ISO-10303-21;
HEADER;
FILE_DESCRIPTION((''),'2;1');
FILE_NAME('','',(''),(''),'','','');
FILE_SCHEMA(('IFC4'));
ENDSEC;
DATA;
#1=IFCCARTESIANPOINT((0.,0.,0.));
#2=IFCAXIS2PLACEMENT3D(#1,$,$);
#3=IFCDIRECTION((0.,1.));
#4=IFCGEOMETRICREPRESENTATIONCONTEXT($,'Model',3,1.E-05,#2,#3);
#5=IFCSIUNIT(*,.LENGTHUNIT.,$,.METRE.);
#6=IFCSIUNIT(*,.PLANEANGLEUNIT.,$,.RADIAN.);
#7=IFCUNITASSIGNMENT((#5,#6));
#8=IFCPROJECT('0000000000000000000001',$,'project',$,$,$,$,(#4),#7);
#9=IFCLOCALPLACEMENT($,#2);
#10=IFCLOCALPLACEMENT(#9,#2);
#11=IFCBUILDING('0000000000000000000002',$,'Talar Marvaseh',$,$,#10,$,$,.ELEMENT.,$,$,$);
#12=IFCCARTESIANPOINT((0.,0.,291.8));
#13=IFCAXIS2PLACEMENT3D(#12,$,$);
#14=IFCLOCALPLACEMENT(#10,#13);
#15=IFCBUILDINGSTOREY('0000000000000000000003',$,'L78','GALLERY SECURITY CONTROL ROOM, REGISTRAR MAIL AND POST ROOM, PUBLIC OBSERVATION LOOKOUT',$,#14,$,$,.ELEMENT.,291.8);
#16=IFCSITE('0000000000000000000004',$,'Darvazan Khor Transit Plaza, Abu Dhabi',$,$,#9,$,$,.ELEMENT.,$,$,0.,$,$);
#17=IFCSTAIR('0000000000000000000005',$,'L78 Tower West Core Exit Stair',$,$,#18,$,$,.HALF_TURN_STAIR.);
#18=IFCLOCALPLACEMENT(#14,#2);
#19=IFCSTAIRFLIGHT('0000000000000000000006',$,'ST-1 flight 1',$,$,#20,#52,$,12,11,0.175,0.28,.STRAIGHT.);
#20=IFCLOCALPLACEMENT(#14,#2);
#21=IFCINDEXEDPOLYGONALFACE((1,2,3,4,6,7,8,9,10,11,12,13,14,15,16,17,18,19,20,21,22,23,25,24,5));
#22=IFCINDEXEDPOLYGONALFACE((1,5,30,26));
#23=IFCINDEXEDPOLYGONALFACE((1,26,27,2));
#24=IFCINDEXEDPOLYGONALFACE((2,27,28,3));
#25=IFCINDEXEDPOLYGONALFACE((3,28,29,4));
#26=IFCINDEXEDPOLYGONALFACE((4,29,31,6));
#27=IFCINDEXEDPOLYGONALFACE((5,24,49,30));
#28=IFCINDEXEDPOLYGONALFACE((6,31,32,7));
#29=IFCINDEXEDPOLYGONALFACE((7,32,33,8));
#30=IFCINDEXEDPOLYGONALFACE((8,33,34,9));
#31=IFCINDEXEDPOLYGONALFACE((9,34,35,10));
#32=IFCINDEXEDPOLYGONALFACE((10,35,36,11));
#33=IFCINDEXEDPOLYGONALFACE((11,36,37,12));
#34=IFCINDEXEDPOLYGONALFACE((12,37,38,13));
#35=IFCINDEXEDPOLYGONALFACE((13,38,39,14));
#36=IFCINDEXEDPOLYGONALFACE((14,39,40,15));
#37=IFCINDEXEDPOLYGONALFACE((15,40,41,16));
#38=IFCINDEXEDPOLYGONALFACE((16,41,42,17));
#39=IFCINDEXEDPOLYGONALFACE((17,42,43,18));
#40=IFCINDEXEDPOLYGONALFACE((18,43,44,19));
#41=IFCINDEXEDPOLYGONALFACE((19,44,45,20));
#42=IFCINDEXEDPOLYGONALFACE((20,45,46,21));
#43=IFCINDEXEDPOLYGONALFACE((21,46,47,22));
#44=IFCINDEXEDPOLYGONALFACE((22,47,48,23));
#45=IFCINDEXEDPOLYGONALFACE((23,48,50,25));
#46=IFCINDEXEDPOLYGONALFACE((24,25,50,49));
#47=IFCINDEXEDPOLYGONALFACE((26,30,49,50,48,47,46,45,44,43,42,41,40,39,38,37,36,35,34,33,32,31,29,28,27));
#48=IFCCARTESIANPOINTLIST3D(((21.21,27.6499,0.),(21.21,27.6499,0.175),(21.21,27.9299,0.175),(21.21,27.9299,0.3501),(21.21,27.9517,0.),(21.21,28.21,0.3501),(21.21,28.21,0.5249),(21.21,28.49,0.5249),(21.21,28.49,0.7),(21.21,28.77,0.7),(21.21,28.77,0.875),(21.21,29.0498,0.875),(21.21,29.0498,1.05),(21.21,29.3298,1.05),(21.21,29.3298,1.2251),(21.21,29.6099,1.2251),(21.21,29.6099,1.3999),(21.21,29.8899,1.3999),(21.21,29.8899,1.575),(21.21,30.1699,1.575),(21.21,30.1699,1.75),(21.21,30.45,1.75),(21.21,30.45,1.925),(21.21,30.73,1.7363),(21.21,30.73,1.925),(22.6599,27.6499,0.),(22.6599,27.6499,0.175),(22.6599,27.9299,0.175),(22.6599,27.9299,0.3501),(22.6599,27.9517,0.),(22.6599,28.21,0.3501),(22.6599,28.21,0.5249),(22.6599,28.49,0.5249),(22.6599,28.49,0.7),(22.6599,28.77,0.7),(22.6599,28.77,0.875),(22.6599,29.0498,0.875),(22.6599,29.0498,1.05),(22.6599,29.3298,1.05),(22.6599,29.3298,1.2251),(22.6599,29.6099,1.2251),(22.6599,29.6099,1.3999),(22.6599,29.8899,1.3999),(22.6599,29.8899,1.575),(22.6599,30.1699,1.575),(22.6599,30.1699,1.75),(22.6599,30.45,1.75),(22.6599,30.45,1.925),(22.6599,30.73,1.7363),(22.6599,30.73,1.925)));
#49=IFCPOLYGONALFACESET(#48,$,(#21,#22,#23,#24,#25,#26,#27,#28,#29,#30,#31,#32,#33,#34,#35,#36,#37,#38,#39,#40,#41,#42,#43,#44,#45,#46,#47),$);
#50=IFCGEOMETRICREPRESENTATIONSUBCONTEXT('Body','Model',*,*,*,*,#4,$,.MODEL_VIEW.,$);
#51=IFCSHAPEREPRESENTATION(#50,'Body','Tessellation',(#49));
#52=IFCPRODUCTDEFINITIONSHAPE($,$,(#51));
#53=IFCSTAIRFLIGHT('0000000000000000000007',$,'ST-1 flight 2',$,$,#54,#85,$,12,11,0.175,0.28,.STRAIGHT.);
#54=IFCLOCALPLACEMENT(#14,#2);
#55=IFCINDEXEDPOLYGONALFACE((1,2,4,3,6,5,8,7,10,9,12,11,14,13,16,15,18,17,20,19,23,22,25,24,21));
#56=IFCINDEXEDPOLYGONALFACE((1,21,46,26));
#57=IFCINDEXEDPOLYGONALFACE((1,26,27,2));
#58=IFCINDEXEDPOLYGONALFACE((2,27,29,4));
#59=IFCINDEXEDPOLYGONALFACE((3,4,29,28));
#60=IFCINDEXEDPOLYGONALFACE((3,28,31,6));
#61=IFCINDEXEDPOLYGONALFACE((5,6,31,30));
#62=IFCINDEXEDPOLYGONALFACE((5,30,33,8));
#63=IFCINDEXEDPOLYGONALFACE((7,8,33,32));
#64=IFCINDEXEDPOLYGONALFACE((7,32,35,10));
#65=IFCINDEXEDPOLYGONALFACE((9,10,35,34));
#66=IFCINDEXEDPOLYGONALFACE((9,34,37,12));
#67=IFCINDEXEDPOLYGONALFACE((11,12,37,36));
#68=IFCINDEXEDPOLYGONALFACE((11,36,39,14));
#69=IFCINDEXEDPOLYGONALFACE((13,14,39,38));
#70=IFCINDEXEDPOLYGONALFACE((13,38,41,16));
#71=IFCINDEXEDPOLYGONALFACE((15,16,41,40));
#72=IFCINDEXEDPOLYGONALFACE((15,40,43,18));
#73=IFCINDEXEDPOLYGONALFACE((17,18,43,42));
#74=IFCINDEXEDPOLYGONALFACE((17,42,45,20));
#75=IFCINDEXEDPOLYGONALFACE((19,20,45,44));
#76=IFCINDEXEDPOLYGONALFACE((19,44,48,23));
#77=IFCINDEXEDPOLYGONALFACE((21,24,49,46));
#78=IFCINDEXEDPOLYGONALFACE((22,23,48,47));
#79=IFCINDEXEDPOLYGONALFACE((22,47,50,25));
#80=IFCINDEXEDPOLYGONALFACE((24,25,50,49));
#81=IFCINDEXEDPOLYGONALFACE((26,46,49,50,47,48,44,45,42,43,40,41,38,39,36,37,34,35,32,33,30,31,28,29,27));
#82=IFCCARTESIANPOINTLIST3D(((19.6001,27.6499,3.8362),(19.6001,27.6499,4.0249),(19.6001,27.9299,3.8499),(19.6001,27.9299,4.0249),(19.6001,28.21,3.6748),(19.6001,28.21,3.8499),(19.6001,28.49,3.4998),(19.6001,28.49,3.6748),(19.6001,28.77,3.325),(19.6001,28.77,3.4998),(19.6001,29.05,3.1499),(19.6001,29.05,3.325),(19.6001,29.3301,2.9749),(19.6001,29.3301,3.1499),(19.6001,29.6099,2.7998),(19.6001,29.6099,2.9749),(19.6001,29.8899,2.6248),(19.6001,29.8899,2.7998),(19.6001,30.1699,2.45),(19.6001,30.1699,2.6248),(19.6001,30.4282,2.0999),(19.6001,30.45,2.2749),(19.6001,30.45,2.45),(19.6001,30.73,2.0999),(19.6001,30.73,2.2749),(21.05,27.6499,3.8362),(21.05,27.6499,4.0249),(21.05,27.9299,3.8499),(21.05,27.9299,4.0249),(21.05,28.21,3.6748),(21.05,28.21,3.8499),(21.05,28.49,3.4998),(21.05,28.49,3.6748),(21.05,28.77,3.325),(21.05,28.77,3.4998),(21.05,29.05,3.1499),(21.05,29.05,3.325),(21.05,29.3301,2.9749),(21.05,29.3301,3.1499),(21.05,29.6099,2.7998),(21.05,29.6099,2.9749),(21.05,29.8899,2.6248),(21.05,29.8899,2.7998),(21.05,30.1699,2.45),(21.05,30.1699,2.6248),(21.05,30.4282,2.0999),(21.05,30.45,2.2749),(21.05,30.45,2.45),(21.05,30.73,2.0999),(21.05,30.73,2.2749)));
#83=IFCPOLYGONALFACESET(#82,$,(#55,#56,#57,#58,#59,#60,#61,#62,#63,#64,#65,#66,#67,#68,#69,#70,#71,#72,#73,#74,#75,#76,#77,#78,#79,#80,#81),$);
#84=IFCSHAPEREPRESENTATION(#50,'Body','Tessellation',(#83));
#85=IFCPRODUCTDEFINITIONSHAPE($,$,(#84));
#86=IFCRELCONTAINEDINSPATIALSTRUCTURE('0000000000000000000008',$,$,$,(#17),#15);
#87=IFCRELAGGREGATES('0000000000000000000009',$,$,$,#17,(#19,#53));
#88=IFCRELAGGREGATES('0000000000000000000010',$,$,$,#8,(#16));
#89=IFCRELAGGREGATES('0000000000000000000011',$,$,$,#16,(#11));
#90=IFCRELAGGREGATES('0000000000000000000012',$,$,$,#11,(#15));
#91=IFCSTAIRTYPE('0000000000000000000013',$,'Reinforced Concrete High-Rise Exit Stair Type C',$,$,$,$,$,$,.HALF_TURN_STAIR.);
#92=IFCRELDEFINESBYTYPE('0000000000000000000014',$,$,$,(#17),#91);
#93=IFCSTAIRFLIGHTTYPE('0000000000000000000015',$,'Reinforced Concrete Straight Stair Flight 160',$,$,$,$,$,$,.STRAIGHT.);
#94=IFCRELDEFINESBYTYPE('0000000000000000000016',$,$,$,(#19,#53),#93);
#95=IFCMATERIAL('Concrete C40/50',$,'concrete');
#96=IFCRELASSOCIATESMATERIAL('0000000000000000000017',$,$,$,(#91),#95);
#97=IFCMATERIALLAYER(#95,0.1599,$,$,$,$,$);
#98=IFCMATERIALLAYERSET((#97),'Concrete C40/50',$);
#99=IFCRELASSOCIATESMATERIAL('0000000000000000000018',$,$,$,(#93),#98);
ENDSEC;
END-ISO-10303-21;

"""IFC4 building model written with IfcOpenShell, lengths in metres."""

from ifc_helpers import new_model, si_unit, direction, frame, origin, place, context, subcontext, project, spatial, polyline, outline, extrude, material, layer, layer_set, type_object, element, aggregate, save


model = new_model("IFC4")

# Units and contexts
model_context = context("Model", 3, precision=1e-05, world=origin(), true_north=direction((0.0, 1.0)))
body_context = subcontext(model_context, "Body", "Model", "MODEL_VIEW")
ifc_project = project(units=[si_unit("LENGTHUNIT", "METRE"), si_unit("PLANEANGLEUNIT", "RADIAN")], contexts=[model_context])

# Site, building, storey
site_placement = place(None, origin())
site = spatial("IfcSite", under=ifc_project, at=site_placement, Name="Darvazan Khor Transit Plaza, Abu Dhabi", CompositionType="ELEMENT", RefElevation=0.0)
building_placement = place(site_placement, origin())
building = spatial("IfcBuilding", under=site, at=building_placement, Name="Talar Marvaseh", CompositionType="ELEMENT")
storey_placement = place(building_placement, frame((0.0, 0.0, 291.8)))
storey = spatial("IfcBuildingStorey", under=building, at=storey_placement, Name="L78", Description="GALLERY SECURITY CONTROL ROOM, REGISTRAR MAIL AND POST ROOM, PUBLIC OBSERVATION LOOKOUT", CompositionType="ELEMENT", Elevation=291.8)

# Stair, stair flights
ifc_material_1 = material(Name="Concrete C40/50", Category="concrete")
stair_type = type_object("IfcStairType", Name="Reinforced Concrete High-Rise Exit Stair Type C", PredefinedType="HALF_TURN_STAIR", material=ifc_material_1)
stair_placement = place(storey_placement, origin())
stair = element("IfcStair", 1, at=stair_placement, inside=storey, type_object=stair_type, Name="L78 Tower West Core Exit Stair", PredefinedType="HALF_TURN_STAIR")
ifc_layer_1 = layer(ifc_material_1, 0.1599)
ifc_layer_set_1 = layer_set([ifc_layer_1], Name="Concrete C40/50")
stair_flight_type = type_object("IfcStairFlightType", Name="Reinforced Concrete Straight Stair Flight 160", PredefinedType="STRAIGHT", material=ifc_layer_set_1)
stair_flight_1_placement = place(storey_placement, frame((21.9351, 27.6499, 0.0), z_axis=(0.0, 0.0, 1.0), x_axis=(0.0, 1.0, 0.0)))
stair_flight_1 = element("IfcStairFlight", 2, at=stair_flight_1_placement, type_object=stair_flight_type, Name="ST-1 flight 1", NumberOfRisers=12, NumberOfTreads=11, PredefinedType="STRAIGHT", RiserHeight=0.175, TreadLength=0.28, context=body_context, shape_type="SweptSolid", body=[
    extrude(outline(polyline([(0.0, 0.0), (0.0, 0.175), (0.28, 0.175), (0.28, 0.3501), (0.5601, 0.3501), (0.5601, 0.5249), (0.8401, 0.5249), (0.8401, 0.7), (1.1201, 0.7), (1.1201, 0.875), (1.3999, 0.875), (1.3999, 1.05), (1.6799, 1.05), (1.6799, 1.2251), (1.96, 1.2251), (1.96, 1.3999), (2.24, 1.3999), (2.24, 1.575), (2.52, 1.575), (2.52, 1.75), (2.8, 1.75), (2.8, 1.925), (3.0801, 1.925), (3.0801, 2.1001), (3.0801, 1.7363), (0.3018, 0.0), (0.0, 0.0)])), frame((0.0, 0.7251, 0.0), z_axis=(0.0, -1.0, 0.0), x_axis=(1.0, 0.0, 0.0)), (0.0, 0.0, 1.0), 1.45),
])
stair_flight_2_placement = place(storey_placement, frame((20.325, 30.73, 2.0999), z_axis=(0.0, 0.0, 1.0), x_axis=(0.0, -1.0, 0.0)))
stair_flight_2 = element("IfcStairFlight", 3, at=stair_flight_2_placement, type_object=stair_flight_type, Name="ST-1 flight 2", NumberOfRisers=12, NumberOfTreads=11, PredefinedType="STRAIGHT", RiserHeight=0.175, TreadLength=0.28, context=body_context, shape_type="SweptSolid", body=[
    extrude(outline(polyline([(0.0, 0.0), (0.0, 0.175), (0.28, 0.175), (0.28, 0.3501), (0.5601, 0.3501), (0.5601, 0.5249), (0.8401, 0.5249), (0.8401, 0.7), (1.1201, 0.7), (1.1201, 0.875), (1.3999, 0.875), (1.3999, 1.05), (1.6799, 1.05), (1.6799, 1.2251), (1.96, 1.2251), (1.96, 1.3999), (2.24, 1.3999), (2.24, 1.575), (2.52, 1.575), (2.52, 1.75), (2.8, 1.75), (2.8, 1.925), (3.0801, 1.925), (3.0801, 2.1001), (3.0801, 1.7363), (0.3018, 0.0), (0.0, 0.0)])), frame((0.0, 0.7251, 0.0), z_axis=(0.0, -1.0, 0.0), x_axis=(1.0, 0.0, 0.0)), (0.0, 0.0, 1.0), 1.45),
])
aggregate(stair, [stair_flight_1, stair_flight_2])

save(model, "model.ifc")
